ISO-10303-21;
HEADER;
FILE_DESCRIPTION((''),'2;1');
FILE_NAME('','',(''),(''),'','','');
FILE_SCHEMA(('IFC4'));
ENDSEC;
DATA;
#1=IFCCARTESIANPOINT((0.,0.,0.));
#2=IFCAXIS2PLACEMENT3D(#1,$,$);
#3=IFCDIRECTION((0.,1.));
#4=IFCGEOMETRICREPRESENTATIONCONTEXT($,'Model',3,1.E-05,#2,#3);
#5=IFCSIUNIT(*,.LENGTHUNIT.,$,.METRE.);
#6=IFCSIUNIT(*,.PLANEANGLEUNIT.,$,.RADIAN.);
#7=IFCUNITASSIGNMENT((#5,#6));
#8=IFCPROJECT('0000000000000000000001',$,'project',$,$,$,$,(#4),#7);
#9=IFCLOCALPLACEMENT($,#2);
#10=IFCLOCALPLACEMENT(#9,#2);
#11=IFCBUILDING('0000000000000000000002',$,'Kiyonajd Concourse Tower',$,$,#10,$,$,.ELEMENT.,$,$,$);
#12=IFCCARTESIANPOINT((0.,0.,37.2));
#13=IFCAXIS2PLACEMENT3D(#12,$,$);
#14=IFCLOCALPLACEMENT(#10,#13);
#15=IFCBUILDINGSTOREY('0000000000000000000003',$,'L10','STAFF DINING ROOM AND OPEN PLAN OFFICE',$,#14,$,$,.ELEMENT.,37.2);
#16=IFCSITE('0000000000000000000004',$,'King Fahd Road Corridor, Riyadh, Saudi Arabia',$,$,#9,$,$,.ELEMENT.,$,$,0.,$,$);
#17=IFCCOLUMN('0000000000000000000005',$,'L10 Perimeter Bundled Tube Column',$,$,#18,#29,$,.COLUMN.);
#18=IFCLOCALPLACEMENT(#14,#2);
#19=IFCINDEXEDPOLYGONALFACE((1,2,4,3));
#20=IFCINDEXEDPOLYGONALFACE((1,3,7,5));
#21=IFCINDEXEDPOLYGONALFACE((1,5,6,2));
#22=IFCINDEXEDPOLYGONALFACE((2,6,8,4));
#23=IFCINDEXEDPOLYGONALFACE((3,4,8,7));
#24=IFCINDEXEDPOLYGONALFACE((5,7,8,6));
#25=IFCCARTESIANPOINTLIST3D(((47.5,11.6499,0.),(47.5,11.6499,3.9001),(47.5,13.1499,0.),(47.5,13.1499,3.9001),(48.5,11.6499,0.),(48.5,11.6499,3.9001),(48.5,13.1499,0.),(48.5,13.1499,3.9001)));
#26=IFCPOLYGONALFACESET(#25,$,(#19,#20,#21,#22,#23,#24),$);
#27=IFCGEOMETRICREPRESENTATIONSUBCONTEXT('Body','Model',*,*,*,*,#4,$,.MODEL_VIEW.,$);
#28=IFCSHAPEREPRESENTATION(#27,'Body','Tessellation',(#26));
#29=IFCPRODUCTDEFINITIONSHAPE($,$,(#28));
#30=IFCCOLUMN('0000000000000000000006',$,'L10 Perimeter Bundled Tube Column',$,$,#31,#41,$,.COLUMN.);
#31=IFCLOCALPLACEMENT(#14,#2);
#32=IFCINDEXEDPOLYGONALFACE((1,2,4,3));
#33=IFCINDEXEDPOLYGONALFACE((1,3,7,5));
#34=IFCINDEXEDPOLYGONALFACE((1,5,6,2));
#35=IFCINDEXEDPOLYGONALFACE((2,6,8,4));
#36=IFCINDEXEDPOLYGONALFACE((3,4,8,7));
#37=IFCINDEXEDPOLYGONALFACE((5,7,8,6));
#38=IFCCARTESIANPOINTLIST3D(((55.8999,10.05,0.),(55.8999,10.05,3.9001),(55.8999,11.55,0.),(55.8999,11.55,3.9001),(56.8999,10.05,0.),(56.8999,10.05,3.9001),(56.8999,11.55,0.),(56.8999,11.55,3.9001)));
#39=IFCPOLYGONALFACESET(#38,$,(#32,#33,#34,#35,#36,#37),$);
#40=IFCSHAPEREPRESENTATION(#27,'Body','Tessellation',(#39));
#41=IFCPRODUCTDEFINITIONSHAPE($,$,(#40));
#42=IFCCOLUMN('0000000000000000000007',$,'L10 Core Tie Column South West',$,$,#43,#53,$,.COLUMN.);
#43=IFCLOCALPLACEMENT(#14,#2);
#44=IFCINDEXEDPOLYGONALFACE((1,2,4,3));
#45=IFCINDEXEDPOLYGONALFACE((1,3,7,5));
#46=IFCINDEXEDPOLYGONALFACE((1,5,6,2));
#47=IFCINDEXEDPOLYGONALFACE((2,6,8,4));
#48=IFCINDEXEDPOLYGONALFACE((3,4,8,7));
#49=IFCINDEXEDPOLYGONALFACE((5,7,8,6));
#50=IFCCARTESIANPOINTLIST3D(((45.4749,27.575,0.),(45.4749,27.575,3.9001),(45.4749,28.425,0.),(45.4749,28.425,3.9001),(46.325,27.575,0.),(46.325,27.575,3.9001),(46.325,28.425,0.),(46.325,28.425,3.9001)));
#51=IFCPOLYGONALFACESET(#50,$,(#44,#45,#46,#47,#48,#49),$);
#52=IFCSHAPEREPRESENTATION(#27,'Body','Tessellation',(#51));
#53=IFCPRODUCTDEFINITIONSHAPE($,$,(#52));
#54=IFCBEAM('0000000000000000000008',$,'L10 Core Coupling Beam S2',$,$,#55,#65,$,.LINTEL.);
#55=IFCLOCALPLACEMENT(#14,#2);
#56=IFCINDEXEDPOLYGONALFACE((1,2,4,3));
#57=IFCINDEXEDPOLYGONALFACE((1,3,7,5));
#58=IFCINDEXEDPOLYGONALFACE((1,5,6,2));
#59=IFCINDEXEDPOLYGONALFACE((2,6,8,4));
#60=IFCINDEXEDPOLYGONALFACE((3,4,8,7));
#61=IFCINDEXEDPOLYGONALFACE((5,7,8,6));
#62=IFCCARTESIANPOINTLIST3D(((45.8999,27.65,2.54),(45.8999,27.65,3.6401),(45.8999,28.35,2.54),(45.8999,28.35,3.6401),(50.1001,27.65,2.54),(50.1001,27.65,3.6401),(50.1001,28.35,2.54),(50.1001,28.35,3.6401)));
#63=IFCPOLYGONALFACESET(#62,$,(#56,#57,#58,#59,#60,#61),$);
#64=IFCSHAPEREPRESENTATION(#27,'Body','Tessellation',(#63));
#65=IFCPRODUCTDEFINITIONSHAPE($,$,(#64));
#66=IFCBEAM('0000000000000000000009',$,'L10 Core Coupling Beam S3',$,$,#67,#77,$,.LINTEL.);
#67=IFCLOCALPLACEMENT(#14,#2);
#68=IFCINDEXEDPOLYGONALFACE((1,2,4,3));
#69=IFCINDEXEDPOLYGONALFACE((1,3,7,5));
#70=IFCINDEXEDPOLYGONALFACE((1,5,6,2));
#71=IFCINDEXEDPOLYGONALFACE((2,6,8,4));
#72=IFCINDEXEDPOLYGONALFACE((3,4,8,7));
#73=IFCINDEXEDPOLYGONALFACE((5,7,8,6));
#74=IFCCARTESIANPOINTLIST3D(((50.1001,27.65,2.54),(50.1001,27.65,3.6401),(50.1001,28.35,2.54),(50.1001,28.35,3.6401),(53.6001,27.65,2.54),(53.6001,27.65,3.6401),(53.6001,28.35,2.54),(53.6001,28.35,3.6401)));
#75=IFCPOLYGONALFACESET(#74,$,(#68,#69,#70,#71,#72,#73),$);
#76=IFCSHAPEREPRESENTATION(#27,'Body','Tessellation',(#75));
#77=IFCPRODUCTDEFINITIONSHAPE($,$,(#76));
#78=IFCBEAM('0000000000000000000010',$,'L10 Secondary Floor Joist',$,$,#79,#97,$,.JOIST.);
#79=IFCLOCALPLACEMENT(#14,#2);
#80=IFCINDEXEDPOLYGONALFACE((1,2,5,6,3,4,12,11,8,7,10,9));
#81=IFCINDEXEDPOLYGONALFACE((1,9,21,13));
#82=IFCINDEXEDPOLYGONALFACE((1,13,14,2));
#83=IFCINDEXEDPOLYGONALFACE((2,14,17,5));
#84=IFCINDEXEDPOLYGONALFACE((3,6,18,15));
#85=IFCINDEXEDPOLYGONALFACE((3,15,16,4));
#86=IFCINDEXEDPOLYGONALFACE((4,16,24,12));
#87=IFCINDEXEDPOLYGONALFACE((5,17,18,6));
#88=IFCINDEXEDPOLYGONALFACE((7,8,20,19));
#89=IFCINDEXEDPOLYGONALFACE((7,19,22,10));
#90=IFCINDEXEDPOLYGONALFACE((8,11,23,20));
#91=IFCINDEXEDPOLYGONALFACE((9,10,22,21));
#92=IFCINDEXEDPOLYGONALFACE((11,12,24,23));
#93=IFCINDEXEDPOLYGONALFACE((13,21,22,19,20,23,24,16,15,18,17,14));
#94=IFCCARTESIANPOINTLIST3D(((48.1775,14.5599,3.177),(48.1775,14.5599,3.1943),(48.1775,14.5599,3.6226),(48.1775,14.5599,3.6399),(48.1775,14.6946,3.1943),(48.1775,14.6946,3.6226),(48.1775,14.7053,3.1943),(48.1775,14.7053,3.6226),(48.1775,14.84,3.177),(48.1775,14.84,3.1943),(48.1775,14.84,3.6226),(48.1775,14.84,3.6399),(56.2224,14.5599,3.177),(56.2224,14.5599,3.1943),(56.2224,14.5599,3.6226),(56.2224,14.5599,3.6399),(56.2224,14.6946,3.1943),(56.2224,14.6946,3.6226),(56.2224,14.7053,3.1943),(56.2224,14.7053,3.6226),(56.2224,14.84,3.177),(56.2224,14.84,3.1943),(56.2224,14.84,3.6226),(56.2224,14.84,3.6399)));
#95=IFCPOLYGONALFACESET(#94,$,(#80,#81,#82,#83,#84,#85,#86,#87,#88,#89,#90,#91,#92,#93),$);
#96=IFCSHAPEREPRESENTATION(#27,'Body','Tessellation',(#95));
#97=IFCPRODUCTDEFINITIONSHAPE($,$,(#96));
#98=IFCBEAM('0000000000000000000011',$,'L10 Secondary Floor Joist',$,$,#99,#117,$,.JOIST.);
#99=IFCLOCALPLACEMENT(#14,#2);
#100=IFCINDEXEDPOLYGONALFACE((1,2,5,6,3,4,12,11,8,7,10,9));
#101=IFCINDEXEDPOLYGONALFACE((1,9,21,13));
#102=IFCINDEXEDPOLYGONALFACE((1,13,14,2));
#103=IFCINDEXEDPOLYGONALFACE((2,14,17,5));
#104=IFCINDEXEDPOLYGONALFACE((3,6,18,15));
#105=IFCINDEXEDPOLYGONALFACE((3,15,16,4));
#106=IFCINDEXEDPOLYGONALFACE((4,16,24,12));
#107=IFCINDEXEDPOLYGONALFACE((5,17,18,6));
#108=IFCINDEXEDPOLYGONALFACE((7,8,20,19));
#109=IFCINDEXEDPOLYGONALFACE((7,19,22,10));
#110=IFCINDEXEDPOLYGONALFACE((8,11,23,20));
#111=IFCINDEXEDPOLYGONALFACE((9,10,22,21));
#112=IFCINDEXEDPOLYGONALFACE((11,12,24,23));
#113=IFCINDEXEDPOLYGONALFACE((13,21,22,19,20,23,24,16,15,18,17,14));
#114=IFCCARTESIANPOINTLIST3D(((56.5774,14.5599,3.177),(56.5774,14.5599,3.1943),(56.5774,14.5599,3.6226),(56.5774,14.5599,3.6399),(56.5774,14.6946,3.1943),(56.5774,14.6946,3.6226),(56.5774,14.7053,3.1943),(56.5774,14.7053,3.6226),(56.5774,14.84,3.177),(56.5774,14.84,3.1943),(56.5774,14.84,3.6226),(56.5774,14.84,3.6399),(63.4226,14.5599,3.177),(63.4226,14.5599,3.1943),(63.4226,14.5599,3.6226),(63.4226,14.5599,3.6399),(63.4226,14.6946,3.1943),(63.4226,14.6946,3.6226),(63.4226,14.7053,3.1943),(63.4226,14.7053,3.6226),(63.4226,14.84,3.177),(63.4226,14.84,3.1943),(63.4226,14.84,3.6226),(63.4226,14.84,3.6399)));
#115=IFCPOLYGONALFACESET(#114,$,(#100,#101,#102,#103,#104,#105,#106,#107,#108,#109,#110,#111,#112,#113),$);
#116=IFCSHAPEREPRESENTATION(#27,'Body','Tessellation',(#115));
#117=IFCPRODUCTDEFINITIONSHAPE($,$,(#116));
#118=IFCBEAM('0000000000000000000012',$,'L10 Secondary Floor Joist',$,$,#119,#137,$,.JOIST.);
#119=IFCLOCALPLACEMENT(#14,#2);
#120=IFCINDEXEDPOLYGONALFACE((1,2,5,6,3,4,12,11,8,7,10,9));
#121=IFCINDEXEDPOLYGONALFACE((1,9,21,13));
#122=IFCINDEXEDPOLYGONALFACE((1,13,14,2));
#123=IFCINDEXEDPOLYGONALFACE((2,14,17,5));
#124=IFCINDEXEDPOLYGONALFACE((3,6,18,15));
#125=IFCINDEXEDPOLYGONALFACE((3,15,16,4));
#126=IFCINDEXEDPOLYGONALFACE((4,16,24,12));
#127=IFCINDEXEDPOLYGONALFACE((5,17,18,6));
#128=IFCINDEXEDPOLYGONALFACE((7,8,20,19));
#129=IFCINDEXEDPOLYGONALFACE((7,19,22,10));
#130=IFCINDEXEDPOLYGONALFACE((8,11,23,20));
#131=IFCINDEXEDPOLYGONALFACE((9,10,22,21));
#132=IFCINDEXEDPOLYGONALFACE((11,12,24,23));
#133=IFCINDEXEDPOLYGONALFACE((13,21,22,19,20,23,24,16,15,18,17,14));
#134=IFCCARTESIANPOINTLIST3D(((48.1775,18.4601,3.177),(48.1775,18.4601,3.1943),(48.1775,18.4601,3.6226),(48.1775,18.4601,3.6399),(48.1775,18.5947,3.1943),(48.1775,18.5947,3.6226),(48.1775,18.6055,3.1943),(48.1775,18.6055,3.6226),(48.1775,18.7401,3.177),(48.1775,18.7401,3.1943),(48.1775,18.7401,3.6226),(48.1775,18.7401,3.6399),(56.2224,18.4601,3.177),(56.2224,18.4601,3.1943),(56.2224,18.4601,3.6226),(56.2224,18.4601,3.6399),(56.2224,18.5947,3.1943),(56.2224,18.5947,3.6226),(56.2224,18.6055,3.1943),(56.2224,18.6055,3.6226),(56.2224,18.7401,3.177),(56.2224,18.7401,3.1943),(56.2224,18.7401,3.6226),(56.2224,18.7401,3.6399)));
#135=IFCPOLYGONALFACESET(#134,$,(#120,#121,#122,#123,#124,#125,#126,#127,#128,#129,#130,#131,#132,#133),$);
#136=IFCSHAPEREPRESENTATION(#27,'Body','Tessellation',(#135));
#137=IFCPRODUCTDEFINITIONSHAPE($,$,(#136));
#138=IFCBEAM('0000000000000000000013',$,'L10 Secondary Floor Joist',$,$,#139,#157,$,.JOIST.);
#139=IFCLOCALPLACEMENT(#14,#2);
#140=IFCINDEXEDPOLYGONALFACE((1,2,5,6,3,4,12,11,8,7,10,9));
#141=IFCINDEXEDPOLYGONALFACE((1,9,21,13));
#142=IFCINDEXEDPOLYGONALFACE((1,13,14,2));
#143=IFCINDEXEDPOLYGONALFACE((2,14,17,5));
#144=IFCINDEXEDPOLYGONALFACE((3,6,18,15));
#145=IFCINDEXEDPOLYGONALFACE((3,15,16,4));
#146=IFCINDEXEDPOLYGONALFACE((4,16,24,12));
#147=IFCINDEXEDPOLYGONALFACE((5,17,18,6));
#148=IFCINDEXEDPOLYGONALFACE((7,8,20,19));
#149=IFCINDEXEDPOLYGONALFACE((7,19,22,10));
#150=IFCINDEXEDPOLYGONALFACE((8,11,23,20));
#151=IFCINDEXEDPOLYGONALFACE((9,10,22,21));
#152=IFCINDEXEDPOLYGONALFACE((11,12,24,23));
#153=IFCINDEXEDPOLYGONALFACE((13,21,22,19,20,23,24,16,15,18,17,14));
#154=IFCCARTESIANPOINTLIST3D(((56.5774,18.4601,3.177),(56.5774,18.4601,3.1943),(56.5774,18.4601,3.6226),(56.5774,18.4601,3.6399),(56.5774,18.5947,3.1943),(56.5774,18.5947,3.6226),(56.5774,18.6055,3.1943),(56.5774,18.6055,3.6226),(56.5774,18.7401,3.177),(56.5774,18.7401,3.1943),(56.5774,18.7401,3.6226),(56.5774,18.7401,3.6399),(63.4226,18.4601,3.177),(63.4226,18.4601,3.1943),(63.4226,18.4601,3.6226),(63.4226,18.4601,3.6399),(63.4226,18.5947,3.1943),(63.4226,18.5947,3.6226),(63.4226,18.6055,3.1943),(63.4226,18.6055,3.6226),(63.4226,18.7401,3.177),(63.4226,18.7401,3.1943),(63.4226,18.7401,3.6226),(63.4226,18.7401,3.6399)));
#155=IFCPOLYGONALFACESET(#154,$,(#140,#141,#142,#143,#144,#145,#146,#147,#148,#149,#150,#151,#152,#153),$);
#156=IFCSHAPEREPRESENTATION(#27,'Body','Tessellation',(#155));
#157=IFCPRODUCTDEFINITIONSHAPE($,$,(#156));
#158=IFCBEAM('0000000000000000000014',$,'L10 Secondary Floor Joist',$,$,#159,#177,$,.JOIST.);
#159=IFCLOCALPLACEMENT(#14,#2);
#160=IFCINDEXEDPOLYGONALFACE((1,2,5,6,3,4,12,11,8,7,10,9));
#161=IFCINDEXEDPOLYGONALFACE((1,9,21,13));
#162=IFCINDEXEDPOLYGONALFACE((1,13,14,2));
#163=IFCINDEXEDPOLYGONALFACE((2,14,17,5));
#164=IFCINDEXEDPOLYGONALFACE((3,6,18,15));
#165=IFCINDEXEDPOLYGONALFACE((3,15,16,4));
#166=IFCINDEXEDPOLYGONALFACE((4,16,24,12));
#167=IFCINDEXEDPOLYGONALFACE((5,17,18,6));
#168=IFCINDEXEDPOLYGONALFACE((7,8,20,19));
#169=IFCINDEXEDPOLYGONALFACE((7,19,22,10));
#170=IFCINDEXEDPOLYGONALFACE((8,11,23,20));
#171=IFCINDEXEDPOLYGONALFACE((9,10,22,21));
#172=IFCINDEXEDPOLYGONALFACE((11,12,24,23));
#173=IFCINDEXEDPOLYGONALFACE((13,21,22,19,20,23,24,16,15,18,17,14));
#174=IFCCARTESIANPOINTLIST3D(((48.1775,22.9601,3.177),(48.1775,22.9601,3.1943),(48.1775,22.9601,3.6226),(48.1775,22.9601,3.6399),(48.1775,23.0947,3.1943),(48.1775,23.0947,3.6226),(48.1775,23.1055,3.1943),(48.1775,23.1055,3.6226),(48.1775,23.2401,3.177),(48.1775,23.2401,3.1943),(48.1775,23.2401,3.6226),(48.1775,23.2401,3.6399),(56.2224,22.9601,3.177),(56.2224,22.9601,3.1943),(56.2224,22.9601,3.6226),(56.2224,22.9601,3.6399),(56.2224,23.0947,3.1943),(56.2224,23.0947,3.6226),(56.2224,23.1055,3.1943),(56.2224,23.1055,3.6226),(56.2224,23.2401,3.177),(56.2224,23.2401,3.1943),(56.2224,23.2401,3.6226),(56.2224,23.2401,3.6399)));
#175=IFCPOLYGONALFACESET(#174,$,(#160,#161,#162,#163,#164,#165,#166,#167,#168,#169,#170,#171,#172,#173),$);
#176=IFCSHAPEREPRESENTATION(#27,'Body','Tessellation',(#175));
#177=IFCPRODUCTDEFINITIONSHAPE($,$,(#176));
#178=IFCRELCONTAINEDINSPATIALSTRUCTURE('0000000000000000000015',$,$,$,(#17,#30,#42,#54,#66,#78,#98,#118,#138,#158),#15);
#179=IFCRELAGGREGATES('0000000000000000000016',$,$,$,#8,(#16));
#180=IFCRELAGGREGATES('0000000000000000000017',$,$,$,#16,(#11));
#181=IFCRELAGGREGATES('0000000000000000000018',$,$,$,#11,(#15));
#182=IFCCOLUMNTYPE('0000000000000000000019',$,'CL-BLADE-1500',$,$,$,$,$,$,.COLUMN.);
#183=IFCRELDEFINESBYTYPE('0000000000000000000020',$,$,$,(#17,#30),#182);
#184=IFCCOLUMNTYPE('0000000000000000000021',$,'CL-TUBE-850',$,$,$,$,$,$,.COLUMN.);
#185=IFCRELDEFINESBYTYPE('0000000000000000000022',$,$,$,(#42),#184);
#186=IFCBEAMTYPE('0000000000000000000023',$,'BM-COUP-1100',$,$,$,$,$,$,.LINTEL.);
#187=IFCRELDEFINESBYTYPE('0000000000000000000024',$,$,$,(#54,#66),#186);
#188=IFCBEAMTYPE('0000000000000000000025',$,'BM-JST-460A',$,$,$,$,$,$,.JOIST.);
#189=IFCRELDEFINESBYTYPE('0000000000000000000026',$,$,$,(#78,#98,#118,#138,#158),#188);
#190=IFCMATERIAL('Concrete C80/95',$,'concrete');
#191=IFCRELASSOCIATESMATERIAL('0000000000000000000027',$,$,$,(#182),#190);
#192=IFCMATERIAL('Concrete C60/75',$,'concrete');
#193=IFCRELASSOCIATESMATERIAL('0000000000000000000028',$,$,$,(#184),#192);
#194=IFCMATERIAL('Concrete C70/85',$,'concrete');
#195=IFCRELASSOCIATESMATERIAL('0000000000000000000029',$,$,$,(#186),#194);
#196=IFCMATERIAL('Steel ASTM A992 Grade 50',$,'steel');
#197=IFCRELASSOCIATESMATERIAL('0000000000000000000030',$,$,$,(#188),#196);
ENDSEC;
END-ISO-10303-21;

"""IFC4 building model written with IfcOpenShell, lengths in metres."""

from ifc_helpers import new_model, si_unit, direction, frame, origin, origin_2d, place, context, subcontext, project, spatial, rectangle, i_section, extrude, material, material_profile, profile_set, type_object, element, save


model = new_model("IFC4")

# Units and contexts
model_context = context("Model", 3, precision=1e-05, world=origin(), true_north=direction((0.0, 1.0)))
body_context = subcontext(model_context, "Body", "Model", "MODEL_VIEW")
ifc_project = project(units=[si_unit("LENGTHUNIT", "METRE"), si_unit("PLANEANGLEUNIT", "RADIAN")], contexts=[model_context])

# Site, building, storey
site_placement = place(None, origin())
site = spatial("IfcSite", under=ifc_project, at=site_placement, Name="King Fahd Road Corridor, Riyadh, Saudi Arabia", CompositionType="ELEMENT", RefElevation=0.0)
building_placement = place(site_placement, origin())
building = spatial("IfcBuilding", under=site, at=building_placement, Name="Kiyonajd Concourse Tower", CompositionType="ELEMENT")
storey_placement = place(building_placement, frame((0.0, 0.0, 37.2)))
storey = spatial("IfcBuildingStorey", under=building, at=storey_placement, Name="L10", Description="STAFF DINING ROOM AND OPEN PLAN OFFICE", CompositionType="ELEMENT", Elevation=37.2)

# Columns
ifc_material_1 = material(Name="Concrete C80/95", Category="concrete")
ifc_material_profile_1 = material_profile(ifc_material_1, rectangle(XDim=1.0, YDim=1.5, at=origin_2d()), Name="RC-1500x1000")
ifc_profile_set_1 = profile_set([ifc_material_profile_1], Name="Concrete C80/95")
column_type_1 = type_object("IfcColumnType", Name="CL-BLADE-1500", PredefinedType="COLUMN", material=ifc_profile_set_1)
for number, where, z_axis, x_axis, name in (
    (1, (48.0, 12.3999, 0.0), (0.0, 0.0, 1.0), (1.0, 0.0, 0.0), "L10 Perimeter Bundled Tube Column"),
    (2, (56.3999, 10.8, 0.0), (0.0, 0.0, 1.0), (1.0, 0.0, 0.0), "L10 Perimeter Bundled Tube Column"),
):
    element("IfcColumn", number, at=place(storey_placement, frame(where, z_axis=z_axis, x_axis=x_axis)), inside=storey, type_object=column_type_1, Name=name, PredefinedType="COLUMN", context=body_context, shape_type="SweptSolid", body=[
        extrude(rectangle(XDim=1.0, YDim=1.5, at=origin_2d()), origin(), (0.0, 0.0, 1.0), 3.9001),
    ])
ifc_material_2 = material(Name="Concrete C60/75", Category="concrete")
ifc_material_profile_2 = material_profile(ifc_material_2, rectangle(XDim=0.8501, YDim=0.8501, at=origin_2d()), Name="RC-850x850")
ifc_profile_set_2 = profile_set([ifc_material_profile_2], Name="Concrete C60/75")
column_type_2 = type_object("IfcColumnType", Name="CL-TUBE-850", PredefinedType="COLUMN", material=ifc_profile_set_2)
column_placement = place(storey_placement, frame((45.8999, 28.0, 0.0), z_axis=(0.0, 0.0, 1.0), x_axis=(1.0, 0.0, 0.0)))
element("IfcColumn", 3, at=column_placement, inside=storey, type_object=column_type_2, Name="L10 Core Tie Column South West", PredefinedType="COLUMN", context=body_context, shape_type="SweptSolid", body=[
    extrude(rectangle(XDim=0.8501, YDim=0.8501, at=origin_2d()), origin(), (0.0, 0.0, 1.0), 3.9001),
])

# Beams
ifc_material_3 = material(Name="Concrete C70/85", Category="concrete")
ifc_material_profile_3 = material_profile(ifc_material_3, rectangle(XDim=0.7, YDim=1.1001, at=origin_2d()), Name="RCBM-700x1100")
ifc_profile_set_3 = profile_set([ifc_material_profile_3], Name="Concrete C70/85")
beam_type_1 = type_object("IfcBeamType", Name="BM-COUP-1100", PredefinedType="LINTEL", material=ifc_profile_set_3)
beam_1_placement = place(storey_placement, frame((45.8999, 28.0, 3.0901), z_axis=(1.0, 0.0, 0.0), x_axis=(0.0, 1.0, 0.0)))
element("IfcBeam", 4, at=beam_1_placement, inside=storey, type_object=beam_type_1, Name="L10 Core Coupling Beam S2", PredefinedType="LINTEL", context=body_context, shape_type="SweptSolid", body=[
    extrude(rectangle(XDim=0.7, YDim=1.1001, at=origin_2d()), origin(), (0.0, 0.0, 1.0), 4.2002),
])
beam_2_placement = place(storey_placement, frame((50.1001, 28.0, 3.0901), z_axis=(1.0, 0.0, 0.0), x_axis=(0.0, 1.0, 0.0)))
element("IfcBeam", 5, at=beam_2_placement, inside=storey, type_object=beam_type_1, Name="L10 Core Coupling Beam S3", PredefinedType="LINTEL", context=body_context, shape_type="SweptSolid", body=[
    extrude(rectangle(XDim=0.7, YDim=1.1001, at=origin_2d()), origin(), (0.0, 0.0, 1.0), 3.5),
])
ifc_material_4 = material(Name="Steel ASTM A992 Grade 50", Category="steel")
ifc_material_profile_4 = material_profile(ifc_material_4, i_section(OverallWidth=0.28, OverallDepth=0.4629, WebThickness=0.0107, FlangeThickness=0.0173, at=origin_2d()), Name="W460X113")
ifc_profile_set_4 = profile_set([ifc_material_profile_4], Name="Steel ASTM A992 Grade 50")
beam_type_2 = type_object("IfcBeamType", Name="BM-JST-460A", PredefinedType="JOIST", material=ifc_profile_set_4)
beam_3_placement = place(storey_placement, frame((48.1775, 14.7, 3.4084), z_axis=(1.0, 0.0, 0.0), x_axis=(0.0, 1.0, 0.0)))
element("IfcBeam", 6, at=beam_3_placement, inside=storey, type_object=beam_type_2, Name="L10 Secondary Floor Joist", PredefinedType="JOIST", context=body_context, shape_type="SweptSolid", body=[
    extrude(i_section(OverallWidth=0.28, OverallDepth=0.4629, WebThickness=0.0107, FlangeThickness=0.0173, at=origin_2d()), origin(), (0.0, 0.0, 1.0), 8.0449),
])
beam_4_placement = place(storey_placement, frame((56.5774, 14.7, 3.4084), z_axis=(1.0, 0.0, 0.0), x_axis=(0.0, 1.0, 0.0)))
element("IfcBeam", 7, at=beam_4_placement, inside=storey, type_object=beam_type_2, Name="L10 Secondary Floor Joist", PredefinedType="JOIST", context=body_context, shape_type="SweptSolid", body=[
    extrude(i_section(OverallWidth=0.28, OverallDepth=0.4629, WebThickness=0.0107, FlangeThickness=0.0173, at=origin_2d()), origin(), (0.0, 0.0, 1.0), 6.8452),
])
beam_5_placement = place(storey_placement, frame((48.1775, 18.6001, 3.4084), z_axis=(1.0, 0.0, 0.0), x_axis=(0.0, 1.0, 0.0)))
element("IfcBeam", 8, at=beam_5_placement, inside=storey, type_object=beam_type_2, Name="L10 Secondary Floor Joist", PredefinedType="JOIST", context=body_context, shape_type="SweptSolid", body=[
    extrude(i_section(OverallWidth=0.28, OverallDepth=0.4629, WebThickness=0.0107, FlangeThickness=0.0173, at=origin_2d()), origin(), (0.0, 0.0, 1.0), 8.0449),
])
beam_6_placement = place(storey_placement, frame((56.5774, 18.6001, 3.4084), z_axis=(1.0, 0.0, 0.0), x_axis=(0.0, 1.0, 0.0)))
element("IfcBeam", 9, at=beam_6_placement, inside=storey, type_object=beam_type_2, Name="L10 Secondary Floor Joist", PredefinedType="JOIST", context=body_context, shape_type="SweptSolid", body=[
    extrude(i_section(OverallWidth=0.28, OverallDepth=0.4629, WebThickness=0.0107, FlangeThickness=0.0173, at=origin_2d()), origin(), (0.0, 0.0, 1.0), 6.8452),
])
beam_7_placement = place(storey_placement, frame((48.1775, 23.1001, 3.4084), z_axis=(1.0, 0.0, 0.0), x_axis=(0.0, 1.0, 0.0)))
element("IfcBeam", 10, at=beam_7_placement, inside=storey, type_object=beam_type_2, Name="L10 Secondary Floor Joist", PredefinedType="JOIST", context=body_context, shape_type="SweptSolid", body=[
    extrude(i_section(OverallWidth=0.28, OverallDepth=0.4629, WebThickness=0.0107, FlangeThickness=0.0173, at=origin_2d()), origin(), (0.0, 0.0, 1.0), 8.0449),
])

save(model, "model.ifc")
